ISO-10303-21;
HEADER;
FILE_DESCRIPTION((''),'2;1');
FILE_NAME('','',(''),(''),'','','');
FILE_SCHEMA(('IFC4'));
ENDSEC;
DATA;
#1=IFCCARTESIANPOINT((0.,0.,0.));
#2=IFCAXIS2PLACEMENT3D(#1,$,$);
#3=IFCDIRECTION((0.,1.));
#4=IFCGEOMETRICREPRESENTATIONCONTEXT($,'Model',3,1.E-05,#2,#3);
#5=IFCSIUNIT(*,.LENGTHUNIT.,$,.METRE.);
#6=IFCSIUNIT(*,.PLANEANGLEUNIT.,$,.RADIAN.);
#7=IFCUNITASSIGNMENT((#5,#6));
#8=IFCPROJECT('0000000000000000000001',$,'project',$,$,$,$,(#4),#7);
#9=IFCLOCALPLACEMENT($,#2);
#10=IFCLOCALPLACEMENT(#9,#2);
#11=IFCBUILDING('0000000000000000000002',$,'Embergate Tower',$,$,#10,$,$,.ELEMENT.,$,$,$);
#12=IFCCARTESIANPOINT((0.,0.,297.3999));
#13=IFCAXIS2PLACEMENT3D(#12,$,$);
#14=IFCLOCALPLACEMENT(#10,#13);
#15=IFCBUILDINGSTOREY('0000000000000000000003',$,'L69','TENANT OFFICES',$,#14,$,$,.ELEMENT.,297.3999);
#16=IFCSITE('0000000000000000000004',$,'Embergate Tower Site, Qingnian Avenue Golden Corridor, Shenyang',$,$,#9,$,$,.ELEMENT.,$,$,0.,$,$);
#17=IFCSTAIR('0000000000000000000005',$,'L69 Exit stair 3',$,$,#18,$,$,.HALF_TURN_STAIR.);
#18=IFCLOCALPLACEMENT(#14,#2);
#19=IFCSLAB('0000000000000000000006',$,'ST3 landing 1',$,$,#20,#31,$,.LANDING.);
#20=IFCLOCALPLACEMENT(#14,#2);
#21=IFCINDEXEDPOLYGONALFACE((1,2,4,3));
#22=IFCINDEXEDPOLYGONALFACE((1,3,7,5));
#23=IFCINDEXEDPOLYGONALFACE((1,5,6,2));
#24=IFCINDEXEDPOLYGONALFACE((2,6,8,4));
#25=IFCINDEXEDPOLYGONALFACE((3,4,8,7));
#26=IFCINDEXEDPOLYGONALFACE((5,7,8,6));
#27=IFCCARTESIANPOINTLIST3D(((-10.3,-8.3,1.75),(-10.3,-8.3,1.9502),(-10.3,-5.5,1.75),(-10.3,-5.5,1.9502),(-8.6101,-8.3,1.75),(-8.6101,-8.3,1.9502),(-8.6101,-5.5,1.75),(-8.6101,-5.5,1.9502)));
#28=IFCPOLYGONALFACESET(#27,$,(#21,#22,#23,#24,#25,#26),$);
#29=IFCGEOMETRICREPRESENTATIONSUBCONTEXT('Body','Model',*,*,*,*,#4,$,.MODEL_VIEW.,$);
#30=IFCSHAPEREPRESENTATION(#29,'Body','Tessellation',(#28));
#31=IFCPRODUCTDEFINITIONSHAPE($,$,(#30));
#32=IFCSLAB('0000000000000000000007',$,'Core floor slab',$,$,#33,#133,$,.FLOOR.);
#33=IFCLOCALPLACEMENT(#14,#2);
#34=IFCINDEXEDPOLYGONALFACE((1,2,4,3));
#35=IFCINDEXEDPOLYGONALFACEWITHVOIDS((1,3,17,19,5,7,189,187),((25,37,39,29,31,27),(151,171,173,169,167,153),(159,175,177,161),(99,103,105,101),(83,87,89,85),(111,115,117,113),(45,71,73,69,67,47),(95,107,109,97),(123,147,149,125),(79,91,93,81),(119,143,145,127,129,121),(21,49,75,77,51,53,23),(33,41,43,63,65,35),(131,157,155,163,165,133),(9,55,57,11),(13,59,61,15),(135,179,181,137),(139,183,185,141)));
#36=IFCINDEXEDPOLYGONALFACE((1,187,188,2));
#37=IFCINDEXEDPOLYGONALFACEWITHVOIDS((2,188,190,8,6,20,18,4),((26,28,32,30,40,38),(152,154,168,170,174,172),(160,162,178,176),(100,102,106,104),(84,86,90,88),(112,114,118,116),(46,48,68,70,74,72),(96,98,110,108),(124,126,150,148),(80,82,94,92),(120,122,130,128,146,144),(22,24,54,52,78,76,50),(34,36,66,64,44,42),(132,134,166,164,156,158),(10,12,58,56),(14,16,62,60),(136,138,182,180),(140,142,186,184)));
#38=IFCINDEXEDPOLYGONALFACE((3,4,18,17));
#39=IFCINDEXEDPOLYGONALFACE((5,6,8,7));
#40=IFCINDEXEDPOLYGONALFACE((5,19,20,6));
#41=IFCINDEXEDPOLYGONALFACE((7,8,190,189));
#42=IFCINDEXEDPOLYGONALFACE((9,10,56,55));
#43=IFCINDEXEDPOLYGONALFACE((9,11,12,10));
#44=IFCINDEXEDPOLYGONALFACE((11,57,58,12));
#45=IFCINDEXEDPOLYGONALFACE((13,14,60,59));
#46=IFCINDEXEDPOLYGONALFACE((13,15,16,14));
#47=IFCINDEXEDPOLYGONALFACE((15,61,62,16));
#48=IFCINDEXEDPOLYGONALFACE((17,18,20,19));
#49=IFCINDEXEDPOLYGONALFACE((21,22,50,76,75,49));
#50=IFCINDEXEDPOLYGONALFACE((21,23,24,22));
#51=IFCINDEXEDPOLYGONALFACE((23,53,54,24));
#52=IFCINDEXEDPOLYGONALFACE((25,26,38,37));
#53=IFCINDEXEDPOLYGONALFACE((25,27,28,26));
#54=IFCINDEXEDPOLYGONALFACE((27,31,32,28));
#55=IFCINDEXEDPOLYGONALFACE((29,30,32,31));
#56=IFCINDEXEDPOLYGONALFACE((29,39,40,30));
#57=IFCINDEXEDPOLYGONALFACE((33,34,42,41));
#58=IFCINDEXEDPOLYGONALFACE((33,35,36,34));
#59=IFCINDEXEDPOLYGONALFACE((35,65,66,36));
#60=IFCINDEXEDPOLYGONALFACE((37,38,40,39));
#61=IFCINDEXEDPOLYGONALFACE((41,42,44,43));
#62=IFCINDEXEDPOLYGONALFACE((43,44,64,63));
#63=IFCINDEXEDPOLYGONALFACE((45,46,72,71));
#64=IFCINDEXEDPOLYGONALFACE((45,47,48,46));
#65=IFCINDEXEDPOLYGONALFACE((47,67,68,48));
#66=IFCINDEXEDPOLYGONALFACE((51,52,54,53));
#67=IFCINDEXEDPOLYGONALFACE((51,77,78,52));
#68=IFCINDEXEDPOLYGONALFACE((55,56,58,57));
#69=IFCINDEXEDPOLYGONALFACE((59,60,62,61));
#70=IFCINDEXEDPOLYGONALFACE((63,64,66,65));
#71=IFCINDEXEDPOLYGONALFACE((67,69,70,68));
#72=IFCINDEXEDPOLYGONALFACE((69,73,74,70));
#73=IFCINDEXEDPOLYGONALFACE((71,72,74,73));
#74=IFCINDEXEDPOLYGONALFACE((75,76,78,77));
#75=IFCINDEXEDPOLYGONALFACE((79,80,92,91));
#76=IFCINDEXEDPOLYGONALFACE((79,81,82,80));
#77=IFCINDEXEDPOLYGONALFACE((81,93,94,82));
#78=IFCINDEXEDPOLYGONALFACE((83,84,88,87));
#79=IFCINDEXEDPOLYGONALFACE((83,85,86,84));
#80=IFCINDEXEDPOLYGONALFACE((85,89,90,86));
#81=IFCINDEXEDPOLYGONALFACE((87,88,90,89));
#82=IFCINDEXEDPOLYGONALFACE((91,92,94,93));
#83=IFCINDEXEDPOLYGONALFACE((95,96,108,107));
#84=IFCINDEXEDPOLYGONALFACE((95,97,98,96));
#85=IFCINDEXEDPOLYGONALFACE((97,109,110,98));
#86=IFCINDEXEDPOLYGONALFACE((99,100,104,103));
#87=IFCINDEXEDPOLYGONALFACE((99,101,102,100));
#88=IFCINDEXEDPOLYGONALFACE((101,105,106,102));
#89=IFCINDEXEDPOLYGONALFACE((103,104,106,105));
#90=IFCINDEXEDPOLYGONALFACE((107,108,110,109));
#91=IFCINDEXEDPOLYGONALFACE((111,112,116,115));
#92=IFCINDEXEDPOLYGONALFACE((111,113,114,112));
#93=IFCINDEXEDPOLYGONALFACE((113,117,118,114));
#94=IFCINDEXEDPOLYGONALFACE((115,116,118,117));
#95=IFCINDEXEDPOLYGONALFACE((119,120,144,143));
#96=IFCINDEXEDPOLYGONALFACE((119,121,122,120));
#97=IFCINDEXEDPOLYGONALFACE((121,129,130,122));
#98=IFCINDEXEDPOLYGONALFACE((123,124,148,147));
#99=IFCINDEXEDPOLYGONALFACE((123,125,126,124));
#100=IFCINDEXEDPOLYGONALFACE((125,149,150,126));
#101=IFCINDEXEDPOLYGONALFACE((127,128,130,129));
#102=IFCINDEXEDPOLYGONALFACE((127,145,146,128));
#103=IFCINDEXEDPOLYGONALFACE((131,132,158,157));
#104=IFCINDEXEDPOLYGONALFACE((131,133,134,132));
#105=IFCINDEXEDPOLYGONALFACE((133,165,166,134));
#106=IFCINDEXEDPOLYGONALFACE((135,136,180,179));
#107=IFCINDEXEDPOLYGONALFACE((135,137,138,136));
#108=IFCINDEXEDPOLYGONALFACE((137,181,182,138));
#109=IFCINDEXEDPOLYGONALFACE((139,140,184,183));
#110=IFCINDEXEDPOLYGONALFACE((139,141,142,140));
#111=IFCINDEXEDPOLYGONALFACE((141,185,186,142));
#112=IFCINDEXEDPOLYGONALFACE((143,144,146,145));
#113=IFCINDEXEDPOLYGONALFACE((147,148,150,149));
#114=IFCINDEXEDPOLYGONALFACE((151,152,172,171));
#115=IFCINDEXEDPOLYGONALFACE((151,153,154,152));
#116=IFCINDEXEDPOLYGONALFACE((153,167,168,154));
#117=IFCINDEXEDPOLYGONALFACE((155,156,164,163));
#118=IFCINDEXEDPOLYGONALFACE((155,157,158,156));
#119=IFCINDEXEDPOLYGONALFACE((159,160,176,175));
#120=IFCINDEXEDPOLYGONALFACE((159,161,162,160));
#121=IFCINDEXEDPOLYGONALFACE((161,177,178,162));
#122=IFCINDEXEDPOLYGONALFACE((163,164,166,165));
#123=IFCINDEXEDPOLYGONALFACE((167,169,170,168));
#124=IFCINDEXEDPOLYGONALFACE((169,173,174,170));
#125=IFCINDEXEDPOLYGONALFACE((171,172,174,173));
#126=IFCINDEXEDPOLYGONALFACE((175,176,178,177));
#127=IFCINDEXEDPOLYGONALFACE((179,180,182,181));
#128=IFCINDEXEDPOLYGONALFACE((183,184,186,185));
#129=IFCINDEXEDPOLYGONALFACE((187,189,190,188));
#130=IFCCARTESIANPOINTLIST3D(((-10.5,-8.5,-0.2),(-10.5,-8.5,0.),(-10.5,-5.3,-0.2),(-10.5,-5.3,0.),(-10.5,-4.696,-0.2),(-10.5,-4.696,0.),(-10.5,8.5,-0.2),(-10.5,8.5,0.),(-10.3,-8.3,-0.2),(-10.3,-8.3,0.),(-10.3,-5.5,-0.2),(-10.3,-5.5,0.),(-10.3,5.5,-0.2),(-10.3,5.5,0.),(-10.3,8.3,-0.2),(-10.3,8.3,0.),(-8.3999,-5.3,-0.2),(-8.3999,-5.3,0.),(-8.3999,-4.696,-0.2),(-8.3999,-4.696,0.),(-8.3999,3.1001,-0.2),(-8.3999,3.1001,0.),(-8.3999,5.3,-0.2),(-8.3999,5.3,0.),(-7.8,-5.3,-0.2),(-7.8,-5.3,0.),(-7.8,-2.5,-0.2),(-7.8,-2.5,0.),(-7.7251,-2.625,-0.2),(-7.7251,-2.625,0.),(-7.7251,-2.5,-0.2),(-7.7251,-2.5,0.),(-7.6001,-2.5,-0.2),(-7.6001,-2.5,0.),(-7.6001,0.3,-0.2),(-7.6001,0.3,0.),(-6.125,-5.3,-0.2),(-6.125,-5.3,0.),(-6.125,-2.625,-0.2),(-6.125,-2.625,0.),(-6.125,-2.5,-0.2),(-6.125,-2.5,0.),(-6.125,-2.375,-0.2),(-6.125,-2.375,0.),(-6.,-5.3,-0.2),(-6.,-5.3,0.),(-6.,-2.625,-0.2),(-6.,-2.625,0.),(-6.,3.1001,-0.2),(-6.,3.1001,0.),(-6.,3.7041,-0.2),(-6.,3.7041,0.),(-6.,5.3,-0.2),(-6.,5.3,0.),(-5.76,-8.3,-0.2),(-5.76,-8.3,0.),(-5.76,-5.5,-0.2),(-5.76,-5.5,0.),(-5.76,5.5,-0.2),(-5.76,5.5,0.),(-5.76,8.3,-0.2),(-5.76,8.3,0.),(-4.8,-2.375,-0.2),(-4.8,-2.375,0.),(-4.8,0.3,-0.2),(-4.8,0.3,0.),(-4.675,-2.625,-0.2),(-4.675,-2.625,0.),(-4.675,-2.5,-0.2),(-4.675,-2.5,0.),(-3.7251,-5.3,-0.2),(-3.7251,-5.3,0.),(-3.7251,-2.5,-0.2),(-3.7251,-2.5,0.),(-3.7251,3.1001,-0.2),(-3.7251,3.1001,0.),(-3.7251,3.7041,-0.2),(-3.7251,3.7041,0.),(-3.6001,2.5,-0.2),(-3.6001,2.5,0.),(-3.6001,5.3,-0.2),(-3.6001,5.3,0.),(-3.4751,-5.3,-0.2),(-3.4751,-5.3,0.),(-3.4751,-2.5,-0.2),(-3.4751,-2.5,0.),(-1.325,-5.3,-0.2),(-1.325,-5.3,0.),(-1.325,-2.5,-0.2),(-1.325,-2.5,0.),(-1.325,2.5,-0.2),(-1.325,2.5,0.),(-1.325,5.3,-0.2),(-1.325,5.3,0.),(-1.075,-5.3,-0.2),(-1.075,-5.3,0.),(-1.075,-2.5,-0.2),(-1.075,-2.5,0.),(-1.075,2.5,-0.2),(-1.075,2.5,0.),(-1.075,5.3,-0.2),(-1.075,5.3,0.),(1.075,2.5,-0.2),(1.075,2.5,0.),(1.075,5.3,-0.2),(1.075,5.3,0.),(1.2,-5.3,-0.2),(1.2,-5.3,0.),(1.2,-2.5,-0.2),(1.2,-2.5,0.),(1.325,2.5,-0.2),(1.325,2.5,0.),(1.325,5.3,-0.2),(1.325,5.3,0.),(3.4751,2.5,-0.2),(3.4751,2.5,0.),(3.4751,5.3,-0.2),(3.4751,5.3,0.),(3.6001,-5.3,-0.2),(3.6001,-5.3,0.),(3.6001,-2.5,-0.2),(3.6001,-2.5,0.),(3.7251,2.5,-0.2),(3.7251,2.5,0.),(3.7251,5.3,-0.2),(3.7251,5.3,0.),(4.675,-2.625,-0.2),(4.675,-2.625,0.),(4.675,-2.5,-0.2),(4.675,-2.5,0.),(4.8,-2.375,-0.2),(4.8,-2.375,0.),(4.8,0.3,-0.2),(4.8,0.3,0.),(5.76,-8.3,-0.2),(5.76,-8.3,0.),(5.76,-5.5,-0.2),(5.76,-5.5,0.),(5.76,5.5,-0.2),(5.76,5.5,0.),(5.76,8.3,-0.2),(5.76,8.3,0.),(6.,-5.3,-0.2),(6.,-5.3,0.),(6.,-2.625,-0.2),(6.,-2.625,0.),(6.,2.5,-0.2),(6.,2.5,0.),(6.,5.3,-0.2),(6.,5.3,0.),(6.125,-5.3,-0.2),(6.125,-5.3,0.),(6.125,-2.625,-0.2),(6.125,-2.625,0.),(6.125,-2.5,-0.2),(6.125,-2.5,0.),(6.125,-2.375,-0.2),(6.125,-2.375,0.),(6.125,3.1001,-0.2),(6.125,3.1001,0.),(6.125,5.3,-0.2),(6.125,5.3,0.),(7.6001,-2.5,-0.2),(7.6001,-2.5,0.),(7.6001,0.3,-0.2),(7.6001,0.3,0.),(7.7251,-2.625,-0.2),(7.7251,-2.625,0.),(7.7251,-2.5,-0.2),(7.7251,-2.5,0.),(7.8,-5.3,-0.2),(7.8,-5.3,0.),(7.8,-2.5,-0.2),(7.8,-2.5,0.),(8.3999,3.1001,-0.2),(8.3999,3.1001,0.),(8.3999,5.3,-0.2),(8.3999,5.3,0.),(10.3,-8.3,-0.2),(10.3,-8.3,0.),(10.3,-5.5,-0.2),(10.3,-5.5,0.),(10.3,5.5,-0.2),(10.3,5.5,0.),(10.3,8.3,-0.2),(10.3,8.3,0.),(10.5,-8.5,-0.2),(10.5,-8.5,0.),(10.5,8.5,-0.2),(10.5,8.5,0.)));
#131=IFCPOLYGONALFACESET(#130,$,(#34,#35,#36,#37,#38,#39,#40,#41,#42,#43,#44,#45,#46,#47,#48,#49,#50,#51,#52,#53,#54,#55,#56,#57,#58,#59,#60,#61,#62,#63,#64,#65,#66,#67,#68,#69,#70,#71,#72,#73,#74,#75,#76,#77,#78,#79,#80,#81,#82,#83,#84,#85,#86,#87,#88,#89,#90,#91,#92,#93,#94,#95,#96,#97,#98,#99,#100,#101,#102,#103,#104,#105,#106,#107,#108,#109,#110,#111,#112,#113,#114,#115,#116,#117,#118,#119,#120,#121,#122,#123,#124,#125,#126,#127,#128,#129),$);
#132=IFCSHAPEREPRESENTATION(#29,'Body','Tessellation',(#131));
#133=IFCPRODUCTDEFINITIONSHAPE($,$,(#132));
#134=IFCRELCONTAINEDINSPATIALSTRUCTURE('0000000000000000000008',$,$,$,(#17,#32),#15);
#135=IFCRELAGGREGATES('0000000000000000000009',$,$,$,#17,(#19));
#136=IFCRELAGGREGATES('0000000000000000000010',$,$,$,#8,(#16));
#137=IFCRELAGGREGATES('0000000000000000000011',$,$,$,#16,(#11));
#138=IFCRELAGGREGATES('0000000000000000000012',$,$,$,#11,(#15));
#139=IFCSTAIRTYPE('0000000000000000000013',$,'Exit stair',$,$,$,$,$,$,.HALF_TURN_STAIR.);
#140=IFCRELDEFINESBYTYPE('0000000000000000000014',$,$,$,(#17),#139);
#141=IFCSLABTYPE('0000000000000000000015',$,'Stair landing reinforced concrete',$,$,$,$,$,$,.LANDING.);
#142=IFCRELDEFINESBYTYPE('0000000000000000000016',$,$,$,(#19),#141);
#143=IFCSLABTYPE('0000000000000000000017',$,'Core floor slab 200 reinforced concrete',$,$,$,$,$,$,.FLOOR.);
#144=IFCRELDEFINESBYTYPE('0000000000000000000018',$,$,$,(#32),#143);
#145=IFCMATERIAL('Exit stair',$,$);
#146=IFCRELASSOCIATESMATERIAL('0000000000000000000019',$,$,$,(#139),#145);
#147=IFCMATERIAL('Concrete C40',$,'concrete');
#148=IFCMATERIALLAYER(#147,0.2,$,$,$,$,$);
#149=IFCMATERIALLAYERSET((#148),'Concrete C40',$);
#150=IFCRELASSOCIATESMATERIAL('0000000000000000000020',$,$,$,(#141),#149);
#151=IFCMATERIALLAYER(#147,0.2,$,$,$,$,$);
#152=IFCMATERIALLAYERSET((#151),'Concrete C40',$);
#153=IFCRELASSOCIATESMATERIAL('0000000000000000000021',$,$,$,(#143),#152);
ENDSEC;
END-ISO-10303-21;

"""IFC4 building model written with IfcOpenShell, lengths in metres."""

from ifc_helpers import new_model, si_unit, direction, frame, origin, place, context, subcontext, project, spatial, polyline, outline, extrude, source, transform, mapped, material, layer, layer_set, type_object, element, aggregate, save


model = new_model("IFC4")

# Units and contexts
model_context = context("Model", 3, precision=1e-05, world=origin(), true_north=direction((0.0, 1.0)))
body_context = subcontext(model_context, "Body", "Model", "MODEL_VIEW")
ifc_project = project(units=[si_unit("LENGTHUNIT", "METRE"), si_unit("PLANEANGLEUNIT", "RADIAN")], contexts=[model_context])

# Site, building, storey
site_placement = place(None, origin())
site = spatial("IfcSite", under=ifc_project, at=site_placement, Name="Embergate Tower Site, Qingnian Avenue Golden Corridor, Shenyang", CompositionType="ELEMENT", RefElevation=0.0)
building_placement = place(site_placement, origin())
building = spatial("IfcBuilding", under=site, at=building_placement, Name="Embergate Tower", CompositionType="ELEMENT")
storey_placement = place(building_placement, frame((0.0, 0.0, 297.3999)))
storey = spatial("IfcBuildingStorey", under=building, at=storey_placement, Name="L69", Description="TENANT OFFICES", CompositionType="ELEMENT", Elevation=297.3999)

# Stair, slab
ifc_material_1 = material(Name="Exit stair")
stair_type = type_object("IfcStairType", Name="Exit stair", PredefinedType="HALF_TURN_STAIR", material=ifc_material_1)
stair_placement = place(storey_placement, origin())
stair = element("IfcStair", 1, at=stair_placement, inside=storey, type_object=stair_type, Name="L69 Exit stair 3", PredefinedType="HALF_TURN_STAIR")
ifc_material_2 = material(Name="Concrete C40", Category="concrete")
ifc_layer_1 = layer(ifc_material_2, 0.2)
ifc_layer_set_1 = layer_set([ifc_layer_1], Name="Concrete C40")
slab_type_1 = type_object("IfcSlabType", Name="Stair landing reinforced concrete", PredefinedType="LANDING", material=ifc_layer_set_1)
shared_shape_1 = source(origin(), body_context, "Body", "SweptSolid", [
    extrude(outline(polyline([(0.0, 0.0), (1.6899, 0.0), (1.6899, 2.8), (0.0, 2.8), (0.0, 0.0)])), origin(), (0.0, 0.0, 1.0), 0.2002),
])
slab_1_placement = place(storey_placement, frame((-10.3, -8.3, 1.75)))
slab_1 = element("IfcSlab", 2, at=slab_1_placement, type_object=slab_type_1, Name="ST3 landing 1", PredefinedType="LANDING", context=body_context, shape_type="MappedRepresentation", body=[
    mapped(shared_shape_1, transform((0.0, 0.0, 0.0))),
])

# Slab
ifc_layer_2 = layer(ifc_material_2, 0.2)
ifc_layer_set_2 = layer_set([ifc_layer_2], Name="Concrete C40")
slab_type_2 = type_object("IfcSlabType", Name="Core floor slab 200 reinforced concrete", PredefinedType="FLOOR", material=ifc_layer_set_2)
shared_shape_2 = source(origin(), body_context, "Body", "SweptSolid", [
    extrude(outline(polyline([(0.0, 0.0), (21.0, 0.0), (21.0, 17.0), (0.0, 17.0), (0.0, 3.804), (2.1001, 3.804), (2.1001, 3.2), (0.0, 3.2), (0.0, 0.0)]), holes=[polyline([(0.2, 0.2), (0.2, 3.0), (4.74, 3.0), (4.74, 0.2), (0.2, 0.2)]), polyline([(16.26, 0.2), (16.26, 3.0), (20.8, 3.0), (20.8, 0.2), (16.26, 0.2)]), polyline([(2.7, 3.2), (2.7, 6.0), (2.7749, 6.0), (2.7749, 5.875), (4.375, 5.875), (4.375, 3.2), (2.7, 3.2)]), polyline([(4.5, 3.2), (4.5, 5.875), (5.825, 5.875), (5.825, 6.0), (6.7749, 6.0), (6.7749, 3.2), (4.5, 3.2)]), polyline([(7.0249, 3.2), (7.0249, 6.0), (9.175, 6.0), (9.175, 3.2), (7.0249, 3.2)]), polyline([(9.425, 3.2), (9.425, 6.0), (11.7, 6.0), (11.7, 3.2), (9.425, 3.2)]), polyline([(14.1001, 3.2), (14.1001, 6.0), (15.175, 6.0), (15.175, 5.875), (16.5, 5.875), (16.5, 3.2), (14.1001, 3.2)]), polyline([(16.625, 3.2), (16.625, 5.875), (18.2251, 5.875), (18.2251, 6.0), (18.3, 6.0), (18.3, 3.2), (16.625, 3.2)]), polyline([(2.8999, 6.0), (2.8999, 8.8), (5.7, 8.8), (5.7, 6.125), (4.375, 6.125), (4.375, 6.0), (2.8999, 6.0)]), polyline([(16.625, 6.0), (16.625, 6.125), (15.3, 6.125), (15.3, 8.8), (18.1001, 8.8), (18.1001, 6.0), (16.625, 6.0)]), polyline([(6.8999, 11.0), (6.8999, 13.8), (9.175, 13.8), (9.175, 11.0), (6.8999, 11.0)]), polyline([(9.425, 11.0), (9.425, 13.8), (11.575, 13.8), (11.575, 11.0), (9.425, 11.0)]), polyline([(11.825, 11.0), (11.825, 13.8), (13.9751, 13.8), (13.9751, 11.0), (11.825, 11.0)]), polyline([(14.2251, 11.0), (14.2251, 13.8), (16.5, 13.8), (16.5, 11.0), (14.2251, 11.0)]), polyline([(2.1001, 11.6001), (2.1001, 13.8), (4.5, 13.8), (4.5, 12.2041), (6.7749, 12.2041), (6.7749, 11.6001), (4.5, 11.6001), (2.1001, 11.6001)]), polyline([(16.625, 11.6001), (16.625, 13.8), (18.8999, 13.8), (18.8999, 11.6001), (16.625, 11.6001)]), polyline([(0.2, 14.0), (0.2, 16.8), (4.74, 16.8), (4.74, 14.0), (0.2, 14.0)]), polyline([(16.26, 14.0), (16.26, 16.8), (20.8, 16.8), (20.8, 14.0), (16.26, 14.0)])]), origin(), (0.0, 0.0, 1.0), 0.2),
])
slab_2_placement = place(storey_placement, frame((-10.5, -8.5, -0.2)))
element("IfcSlab", 3, at=slab_2_placement, inside=storey, type_object=slab_type_2, Name="Core floor slab", PredefinedType="FLOOR", context=body_context, shape_type="MappedRepresentation", body=[
    mapped(shared_shape_2, transform((0.0, 0.0, 0.0))),
])

aggregate(stair, [slab_1])

save(model, "model.ifc")
